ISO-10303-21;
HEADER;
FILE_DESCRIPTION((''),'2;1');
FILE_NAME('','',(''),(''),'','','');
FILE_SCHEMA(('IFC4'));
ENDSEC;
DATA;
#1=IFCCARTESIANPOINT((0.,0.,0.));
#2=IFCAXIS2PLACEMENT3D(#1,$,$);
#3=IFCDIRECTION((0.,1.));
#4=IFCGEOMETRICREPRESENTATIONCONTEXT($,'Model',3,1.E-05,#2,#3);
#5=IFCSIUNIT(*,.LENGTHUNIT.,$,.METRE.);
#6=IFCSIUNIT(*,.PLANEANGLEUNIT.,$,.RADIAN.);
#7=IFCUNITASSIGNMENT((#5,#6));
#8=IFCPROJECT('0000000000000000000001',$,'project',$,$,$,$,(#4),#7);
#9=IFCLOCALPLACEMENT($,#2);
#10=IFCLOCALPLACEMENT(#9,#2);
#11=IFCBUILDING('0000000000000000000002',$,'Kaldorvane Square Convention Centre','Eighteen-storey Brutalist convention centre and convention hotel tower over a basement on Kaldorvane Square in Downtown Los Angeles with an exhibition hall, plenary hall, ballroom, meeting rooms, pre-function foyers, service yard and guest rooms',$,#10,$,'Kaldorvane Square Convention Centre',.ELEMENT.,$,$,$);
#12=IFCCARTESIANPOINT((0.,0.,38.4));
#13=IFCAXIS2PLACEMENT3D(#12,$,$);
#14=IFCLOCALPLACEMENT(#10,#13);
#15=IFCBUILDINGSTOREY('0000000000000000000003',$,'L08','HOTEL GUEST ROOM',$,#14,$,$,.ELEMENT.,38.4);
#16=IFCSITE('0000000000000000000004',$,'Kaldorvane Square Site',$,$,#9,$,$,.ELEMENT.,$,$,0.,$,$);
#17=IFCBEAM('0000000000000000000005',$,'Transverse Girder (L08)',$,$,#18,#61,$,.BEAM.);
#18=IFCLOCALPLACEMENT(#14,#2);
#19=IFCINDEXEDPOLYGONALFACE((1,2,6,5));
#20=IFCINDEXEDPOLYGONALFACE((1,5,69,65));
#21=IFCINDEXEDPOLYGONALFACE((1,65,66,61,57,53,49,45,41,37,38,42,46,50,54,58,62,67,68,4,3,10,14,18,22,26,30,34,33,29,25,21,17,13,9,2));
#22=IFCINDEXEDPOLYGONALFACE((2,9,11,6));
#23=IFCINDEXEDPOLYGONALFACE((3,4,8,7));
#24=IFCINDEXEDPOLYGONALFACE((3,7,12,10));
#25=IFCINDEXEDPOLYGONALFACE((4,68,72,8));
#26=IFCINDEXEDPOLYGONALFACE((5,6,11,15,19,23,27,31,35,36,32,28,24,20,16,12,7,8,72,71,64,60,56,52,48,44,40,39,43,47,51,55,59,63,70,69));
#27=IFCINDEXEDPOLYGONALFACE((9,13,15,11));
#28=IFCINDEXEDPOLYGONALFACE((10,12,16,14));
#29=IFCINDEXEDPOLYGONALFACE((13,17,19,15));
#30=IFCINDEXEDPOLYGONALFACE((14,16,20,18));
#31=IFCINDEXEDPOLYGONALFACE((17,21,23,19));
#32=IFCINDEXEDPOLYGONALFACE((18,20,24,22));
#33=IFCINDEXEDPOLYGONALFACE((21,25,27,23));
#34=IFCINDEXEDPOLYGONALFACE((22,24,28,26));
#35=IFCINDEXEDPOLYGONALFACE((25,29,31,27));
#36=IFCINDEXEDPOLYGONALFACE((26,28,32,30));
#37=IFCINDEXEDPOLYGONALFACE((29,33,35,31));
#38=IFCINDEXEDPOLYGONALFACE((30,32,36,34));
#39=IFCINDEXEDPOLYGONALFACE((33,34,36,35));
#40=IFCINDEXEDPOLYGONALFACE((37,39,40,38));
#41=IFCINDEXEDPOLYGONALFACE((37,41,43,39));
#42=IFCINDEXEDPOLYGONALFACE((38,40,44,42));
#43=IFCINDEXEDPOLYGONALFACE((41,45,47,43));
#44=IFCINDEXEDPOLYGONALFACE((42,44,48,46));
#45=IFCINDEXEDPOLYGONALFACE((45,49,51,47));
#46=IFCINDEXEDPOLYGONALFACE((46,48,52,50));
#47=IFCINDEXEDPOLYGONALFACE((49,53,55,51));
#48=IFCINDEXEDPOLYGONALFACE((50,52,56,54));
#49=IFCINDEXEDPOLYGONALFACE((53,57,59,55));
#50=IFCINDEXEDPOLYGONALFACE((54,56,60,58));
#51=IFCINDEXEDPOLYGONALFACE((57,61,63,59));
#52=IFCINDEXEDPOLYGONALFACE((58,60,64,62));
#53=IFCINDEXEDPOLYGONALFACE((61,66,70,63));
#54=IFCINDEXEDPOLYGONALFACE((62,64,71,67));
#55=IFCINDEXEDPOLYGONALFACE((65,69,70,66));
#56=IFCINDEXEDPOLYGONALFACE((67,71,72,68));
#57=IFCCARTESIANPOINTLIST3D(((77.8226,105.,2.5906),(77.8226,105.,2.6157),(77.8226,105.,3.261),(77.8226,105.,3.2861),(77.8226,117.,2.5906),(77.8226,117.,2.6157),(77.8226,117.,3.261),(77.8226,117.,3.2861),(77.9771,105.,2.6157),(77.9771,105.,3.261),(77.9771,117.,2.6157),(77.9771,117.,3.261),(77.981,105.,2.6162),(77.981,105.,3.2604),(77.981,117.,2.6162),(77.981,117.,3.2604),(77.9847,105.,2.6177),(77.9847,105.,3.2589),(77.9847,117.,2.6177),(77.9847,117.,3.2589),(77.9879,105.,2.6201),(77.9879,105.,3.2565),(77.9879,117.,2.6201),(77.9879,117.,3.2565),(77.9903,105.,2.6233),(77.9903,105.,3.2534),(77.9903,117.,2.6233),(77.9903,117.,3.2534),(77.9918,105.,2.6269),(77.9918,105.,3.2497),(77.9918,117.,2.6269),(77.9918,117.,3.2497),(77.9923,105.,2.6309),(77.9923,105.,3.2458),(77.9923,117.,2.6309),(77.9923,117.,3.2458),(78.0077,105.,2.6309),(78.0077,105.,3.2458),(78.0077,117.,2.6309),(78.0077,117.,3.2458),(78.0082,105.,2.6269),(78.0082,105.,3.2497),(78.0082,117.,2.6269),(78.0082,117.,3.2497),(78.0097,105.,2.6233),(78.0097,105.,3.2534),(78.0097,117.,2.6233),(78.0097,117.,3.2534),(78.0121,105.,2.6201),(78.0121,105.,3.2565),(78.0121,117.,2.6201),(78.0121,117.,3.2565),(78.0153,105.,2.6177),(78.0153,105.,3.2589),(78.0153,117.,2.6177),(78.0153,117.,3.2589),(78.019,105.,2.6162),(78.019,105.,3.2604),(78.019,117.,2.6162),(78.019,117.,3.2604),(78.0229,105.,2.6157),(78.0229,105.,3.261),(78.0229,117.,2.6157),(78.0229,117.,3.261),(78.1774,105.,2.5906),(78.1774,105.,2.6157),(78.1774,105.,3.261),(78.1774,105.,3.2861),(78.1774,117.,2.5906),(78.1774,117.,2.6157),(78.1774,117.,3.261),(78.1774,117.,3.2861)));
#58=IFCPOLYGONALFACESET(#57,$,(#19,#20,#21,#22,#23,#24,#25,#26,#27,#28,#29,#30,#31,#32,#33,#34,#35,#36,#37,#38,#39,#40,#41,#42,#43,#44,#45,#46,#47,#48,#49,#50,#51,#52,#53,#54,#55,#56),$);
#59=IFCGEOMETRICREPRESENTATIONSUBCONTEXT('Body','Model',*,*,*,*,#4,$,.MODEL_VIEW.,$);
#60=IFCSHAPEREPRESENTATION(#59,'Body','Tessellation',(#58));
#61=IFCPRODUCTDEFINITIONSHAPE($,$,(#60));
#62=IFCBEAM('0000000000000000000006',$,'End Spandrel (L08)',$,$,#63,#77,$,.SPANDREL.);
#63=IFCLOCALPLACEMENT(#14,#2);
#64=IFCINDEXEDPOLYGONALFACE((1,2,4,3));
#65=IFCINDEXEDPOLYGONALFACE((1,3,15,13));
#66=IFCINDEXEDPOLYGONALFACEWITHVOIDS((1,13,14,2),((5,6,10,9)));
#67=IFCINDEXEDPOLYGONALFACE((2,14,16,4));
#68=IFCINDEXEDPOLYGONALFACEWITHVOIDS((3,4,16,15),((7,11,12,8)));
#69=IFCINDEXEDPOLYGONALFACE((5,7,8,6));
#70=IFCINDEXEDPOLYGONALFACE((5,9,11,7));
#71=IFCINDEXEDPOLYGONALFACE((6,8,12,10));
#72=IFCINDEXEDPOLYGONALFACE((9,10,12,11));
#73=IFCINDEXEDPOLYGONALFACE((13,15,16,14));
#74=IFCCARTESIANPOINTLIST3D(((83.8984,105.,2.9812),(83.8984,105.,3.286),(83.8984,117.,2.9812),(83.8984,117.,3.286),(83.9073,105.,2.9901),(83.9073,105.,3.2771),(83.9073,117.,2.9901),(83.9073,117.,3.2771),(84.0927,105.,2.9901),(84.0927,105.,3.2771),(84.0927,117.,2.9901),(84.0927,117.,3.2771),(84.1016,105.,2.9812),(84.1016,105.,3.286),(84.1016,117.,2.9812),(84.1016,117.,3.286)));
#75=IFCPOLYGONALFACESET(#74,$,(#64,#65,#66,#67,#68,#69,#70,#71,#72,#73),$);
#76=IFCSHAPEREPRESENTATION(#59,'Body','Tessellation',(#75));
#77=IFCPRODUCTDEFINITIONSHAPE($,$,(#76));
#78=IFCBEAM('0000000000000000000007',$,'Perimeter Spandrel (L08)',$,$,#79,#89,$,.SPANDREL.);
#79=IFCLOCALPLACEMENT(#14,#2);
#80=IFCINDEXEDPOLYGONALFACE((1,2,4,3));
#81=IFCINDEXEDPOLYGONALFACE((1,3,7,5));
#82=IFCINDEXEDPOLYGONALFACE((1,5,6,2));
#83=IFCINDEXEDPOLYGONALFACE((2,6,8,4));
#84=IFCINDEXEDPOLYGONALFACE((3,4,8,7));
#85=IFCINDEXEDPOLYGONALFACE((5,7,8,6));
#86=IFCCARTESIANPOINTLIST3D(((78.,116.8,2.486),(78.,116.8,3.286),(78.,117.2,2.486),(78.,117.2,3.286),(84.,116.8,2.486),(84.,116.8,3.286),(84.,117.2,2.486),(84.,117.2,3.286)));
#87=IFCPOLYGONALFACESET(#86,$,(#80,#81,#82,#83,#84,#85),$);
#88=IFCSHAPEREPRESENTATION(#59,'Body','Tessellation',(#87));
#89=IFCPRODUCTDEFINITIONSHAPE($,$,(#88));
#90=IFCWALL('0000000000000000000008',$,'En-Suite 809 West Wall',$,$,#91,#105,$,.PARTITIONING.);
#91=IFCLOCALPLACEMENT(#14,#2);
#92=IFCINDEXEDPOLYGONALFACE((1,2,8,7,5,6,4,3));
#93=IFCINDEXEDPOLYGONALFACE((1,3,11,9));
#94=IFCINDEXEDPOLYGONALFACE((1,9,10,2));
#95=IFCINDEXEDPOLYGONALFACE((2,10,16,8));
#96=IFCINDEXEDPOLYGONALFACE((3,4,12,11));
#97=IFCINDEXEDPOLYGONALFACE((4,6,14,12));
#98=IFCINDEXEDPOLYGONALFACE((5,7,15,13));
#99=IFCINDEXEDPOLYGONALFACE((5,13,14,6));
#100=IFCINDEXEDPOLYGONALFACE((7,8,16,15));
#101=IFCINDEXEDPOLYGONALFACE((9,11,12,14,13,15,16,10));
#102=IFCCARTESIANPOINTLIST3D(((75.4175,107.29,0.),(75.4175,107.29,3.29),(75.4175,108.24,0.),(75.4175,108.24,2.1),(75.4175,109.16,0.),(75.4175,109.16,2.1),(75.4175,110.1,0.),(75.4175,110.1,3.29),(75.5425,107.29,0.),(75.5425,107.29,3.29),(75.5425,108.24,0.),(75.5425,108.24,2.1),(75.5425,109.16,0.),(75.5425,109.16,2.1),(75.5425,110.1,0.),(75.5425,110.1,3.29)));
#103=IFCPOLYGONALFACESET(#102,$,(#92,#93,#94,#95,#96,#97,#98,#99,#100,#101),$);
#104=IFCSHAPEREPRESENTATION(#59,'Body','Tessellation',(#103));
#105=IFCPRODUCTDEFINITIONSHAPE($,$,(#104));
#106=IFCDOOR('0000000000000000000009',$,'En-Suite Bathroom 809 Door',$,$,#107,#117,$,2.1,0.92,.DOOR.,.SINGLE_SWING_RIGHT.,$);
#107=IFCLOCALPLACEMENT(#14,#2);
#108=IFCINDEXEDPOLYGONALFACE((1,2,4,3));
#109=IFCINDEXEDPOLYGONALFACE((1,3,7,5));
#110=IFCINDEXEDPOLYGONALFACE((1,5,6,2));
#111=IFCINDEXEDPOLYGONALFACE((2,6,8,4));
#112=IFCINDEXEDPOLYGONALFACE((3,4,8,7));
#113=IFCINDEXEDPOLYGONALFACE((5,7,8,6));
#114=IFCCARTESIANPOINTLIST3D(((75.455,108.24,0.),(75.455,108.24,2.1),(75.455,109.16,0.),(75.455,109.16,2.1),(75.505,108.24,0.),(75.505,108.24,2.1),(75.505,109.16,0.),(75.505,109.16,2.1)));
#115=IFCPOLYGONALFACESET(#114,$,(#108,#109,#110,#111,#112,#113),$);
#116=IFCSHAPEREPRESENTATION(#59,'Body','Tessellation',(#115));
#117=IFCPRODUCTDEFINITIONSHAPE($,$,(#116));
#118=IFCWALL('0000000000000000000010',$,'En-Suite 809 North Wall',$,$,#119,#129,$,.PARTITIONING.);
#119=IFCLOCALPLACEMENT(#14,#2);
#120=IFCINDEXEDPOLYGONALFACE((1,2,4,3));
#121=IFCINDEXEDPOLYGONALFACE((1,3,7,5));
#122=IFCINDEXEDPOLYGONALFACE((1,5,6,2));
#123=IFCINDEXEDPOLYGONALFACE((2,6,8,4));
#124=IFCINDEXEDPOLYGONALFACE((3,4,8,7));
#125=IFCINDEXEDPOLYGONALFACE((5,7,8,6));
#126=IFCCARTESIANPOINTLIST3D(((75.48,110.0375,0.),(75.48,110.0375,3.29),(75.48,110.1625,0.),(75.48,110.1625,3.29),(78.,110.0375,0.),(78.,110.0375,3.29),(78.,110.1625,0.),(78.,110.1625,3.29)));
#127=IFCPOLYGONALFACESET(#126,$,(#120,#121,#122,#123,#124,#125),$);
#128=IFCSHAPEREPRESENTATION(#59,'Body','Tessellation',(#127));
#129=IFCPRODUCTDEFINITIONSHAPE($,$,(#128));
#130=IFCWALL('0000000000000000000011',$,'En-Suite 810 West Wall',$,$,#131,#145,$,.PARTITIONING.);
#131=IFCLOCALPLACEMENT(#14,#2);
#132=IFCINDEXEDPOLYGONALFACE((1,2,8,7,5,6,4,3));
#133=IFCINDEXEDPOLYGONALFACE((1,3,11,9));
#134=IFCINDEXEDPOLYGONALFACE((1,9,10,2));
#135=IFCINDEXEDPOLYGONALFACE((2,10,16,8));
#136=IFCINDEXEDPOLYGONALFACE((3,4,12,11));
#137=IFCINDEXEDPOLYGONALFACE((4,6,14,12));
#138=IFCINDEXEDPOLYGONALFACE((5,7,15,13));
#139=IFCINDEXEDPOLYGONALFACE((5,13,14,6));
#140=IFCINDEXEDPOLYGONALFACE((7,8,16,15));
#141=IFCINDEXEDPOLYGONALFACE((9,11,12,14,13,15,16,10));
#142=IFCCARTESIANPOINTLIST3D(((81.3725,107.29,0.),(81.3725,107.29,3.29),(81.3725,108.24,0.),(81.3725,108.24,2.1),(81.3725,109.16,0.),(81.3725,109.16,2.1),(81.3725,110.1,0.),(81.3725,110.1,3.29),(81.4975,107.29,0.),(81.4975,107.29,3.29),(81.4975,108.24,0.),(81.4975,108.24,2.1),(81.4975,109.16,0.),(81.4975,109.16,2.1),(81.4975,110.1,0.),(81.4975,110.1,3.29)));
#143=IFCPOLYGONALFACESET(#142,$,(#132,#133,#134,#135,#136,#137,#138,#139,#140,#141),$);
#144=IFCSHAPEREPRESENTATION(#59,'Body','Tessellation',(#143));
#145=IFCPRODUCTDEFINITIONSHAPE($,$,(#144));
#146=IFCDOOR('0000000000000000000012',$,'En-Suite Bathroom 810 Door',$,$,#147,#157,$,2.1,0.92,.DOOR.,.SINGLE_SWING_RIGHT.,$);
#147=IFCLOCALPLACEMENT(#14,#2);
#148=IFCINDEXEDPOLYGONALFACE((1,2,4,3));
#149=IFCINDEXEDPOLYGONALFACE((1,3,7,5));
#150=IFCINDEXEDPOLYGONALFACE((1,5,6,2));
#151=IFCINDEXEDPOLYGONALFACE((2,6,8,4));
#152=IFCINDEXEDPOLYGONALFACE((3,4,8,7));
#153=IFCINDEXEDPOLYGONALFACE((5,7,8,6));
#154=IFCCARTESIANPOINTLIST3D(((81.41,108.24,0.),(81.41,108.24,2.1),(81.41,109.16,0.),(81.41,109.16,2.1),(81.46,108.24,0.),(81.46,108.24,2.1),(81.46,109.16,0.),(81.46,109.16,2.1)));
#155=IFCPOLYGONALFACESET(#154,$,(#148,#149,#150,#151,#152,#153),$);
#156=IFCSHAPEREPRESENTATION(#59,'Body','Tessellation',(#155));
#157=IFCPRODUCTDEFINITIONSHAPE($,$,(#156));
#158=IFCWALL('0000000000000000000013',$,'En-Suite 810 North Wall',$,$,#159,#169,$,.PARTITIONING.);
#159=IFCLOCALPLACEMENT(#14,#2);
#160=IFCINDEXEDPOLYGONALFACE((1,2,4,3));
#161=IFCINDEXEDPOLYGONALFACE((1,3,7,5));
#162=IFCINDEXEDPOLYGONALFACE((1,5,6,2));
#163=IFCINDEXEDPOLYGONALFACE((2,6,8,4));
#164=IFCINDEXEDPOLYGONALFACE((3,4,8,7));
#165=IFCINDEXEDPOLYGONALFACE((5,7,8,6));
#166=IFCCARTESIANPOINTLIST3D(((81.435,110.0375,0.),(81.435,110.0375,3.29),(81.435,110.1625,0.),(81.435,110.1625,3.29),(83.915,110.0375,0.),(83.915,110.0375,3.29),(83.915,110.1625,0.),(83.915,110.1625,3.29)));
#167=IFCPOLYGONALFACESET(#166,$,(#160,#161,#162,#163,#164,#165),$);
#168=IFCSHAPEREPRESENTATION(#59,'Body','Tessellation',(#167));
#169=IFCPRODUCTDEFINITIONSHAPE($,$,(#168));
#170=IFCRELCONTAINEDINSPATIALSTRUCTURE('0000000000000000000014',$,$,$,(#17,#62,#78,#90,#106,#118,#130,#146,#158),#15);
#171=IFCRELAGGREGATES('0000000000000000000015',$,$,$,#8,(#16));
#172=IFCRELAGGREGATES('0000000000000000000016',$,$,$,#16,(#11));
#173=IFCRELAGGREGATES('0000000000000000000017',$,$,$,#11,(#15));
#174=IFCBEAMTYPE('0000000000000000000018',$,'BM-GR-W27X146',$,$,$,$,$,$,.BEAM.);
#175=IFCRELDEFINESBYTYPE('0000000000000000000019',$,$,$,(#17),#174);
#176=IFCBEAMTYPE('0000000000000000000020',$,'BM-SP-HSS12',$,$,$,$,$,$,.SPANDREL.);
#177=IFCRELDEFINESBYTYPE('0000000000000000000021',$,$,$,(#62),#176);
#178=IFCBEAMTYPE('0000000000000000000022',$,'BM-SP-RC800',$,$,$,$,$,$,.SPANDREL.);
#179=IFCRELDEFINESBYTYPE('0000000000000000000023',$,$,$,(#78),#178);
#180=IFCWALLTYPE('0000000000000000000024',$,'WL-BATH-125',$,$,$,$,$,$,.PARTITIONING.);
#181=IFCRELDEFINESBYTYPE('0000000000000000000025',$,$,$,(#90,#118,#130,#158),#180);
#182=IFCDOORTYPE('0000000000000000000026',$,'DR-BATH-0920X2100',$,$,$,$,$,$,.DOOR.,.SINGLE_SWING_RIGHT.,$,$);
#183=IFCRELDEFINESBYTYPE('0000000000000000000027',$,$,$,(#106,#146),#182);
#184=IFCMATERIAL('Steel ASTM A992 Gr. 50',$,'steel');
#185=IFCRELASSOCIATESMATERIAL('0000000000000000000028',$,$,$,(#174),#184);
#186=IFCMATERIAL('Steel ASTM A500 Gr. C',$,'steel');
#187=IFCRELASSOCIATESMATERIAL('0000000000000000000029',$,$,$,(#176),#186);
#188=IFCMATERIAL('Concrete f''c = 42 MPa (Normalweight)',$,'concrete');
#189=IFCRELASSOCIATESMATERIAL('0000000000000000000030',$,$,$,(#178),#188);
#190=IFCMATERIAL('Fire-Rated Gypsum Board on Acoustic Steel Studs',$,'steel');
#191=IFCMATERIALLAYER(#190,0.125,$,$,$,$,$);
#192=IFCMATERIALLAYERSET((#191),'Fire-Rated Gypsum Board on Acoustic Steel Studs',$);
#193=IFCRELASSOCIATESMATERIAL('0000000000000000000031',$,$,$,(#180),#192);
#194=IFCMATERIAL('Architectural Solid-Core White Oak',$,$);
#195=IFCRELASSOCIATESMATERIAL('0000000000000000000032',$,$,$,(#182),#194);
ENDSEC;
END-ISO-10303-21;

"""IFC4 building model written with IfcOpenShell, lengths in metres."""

from ifc_helpers import new_model, si_unit, direction, frame, frame_2d, origin, origin_2d, place, context, subcontext, project, spatial, rectangle, hollow_rectangle, i_section, extrude, material, layer, layer_set, material_profile, profile_set, type_object, element, fill, save


model = new_model("IFC4")

# Units and contexts
model_context = context("Model", 3, precision=1e-05, world=origin(), true_north=direction((0.0, 1.0)))
body_context = subcontext(model_context, "Body", "Model", "MODEL_VIEW")
ifc_project = project(units=[si_unit("LENGTHUNIT", "METRE"), si_unit("PLANEANGLEUNIT", "RADIAN")], contexts=[model_context])

# Site, building, storey
site_placement = place(None, origin())
site = spatial("IfcSite", under=ifc_project, at=site_placement, Name="Kaldorvane Square Site", CompositionType="ELEMENT", RefElevation=0.0)
building_placement = place(site_placement, origin())
building = spatial("IfcBuilding", under=site, at=building_placement, Name="Kaldorvane Square Convention Centre", Description="Eighteen-storey Brutalist convention centre and convention hotel tower over a basement on Kaldorvane Square in Downtown Los Angeles with an exhibition hall, plenary hall, ballroom, meeting rooms, pre-function foyers, service yard and guest rooms", LongName="Kaldorvane Square Convention Centre", CompositionType="ELEMENT")
storey_placement = place(building_placement, frame((0.0, 0.0, 38.4)))
storey = spatial("IfcBuildingStorey", under=building, at=storey_placement, Name="L08", Description="HOTEL GUEST ROOM", CompositionType="ELEMENT", Elevation=38.4)

# Shared definitions
ifc_material_1 = material(Name="Concrete f'c = 42 MPa (Normalweight)", Category="concrete")
ifc_material_2 = material(Name="Steel ASTM A992 Gr. 50", Category="steel")

# Beams
ifc_material_profile_1 = material_profile(ifc_material_2, i_section(OverallWidth=0.3547, OverallDepth=0.6955, WebThickness=0.0154, FlangeThickness=0.0251, FilletRadius=0.0152, at=origin_2d()), Name="W27X146")
ifc_profile_set_1 = profile_set([ifc_material_profile_1], Name="Steel ASTM A992 Gr. 50")
beam_type_1 = type_object("IfcBeamType", Name="BM-GR-W27X146", PredefinedType="BEAM", material=ifc_profile_set_1)
beam_1_placement = place(storey_placement, frame((78.0, 105.0, 2.9383), z_axis=(0.0, 1.0, 0.0), x_axis=(-1.0, 0.0, 0.0)))
element("IfcBeam", 1, at=beam_1_placement, inside=storey, type_object=beam_type_1, Name="Transverse Girder (L08)", PredefinedType="BEAM", context=body_context, shape_type="SweptSolid", body=[
    extrude(i_section(OverallWidth=0.3547, OverallDepth=0.6955, WebThickness=0.0154, FlangeThickness=0.0251, FilletRadius=0.0152, at=origin_2d()), origin(), (0.0, 0.0, 1.0), 12.0),
])
ifc_material_3 = material(Name="Steel ASTM A500 Gr. C", Category="steel")
ifc_material_profile_2 = material_profile(ifc_material_3, hollow_rectangle(XDim=0.2032, YDim=0.3048, WallThickness=0.0089, at=origin_2d()), Name="HSS12X8X3/8")
ifc_profile_set_2 = profile_set([ifc_material_profile_2], Name="Steel ASTM A500 Gr. C")
beam_type_2 = type_object("IfcBeamType", Name="BM-SP-HSS12", PredefinedType="SPANDREL", material=ifc_profile_set_2)
beam_2_placement = place(storey_placement, frame((84.0, 105.0, 3.1336), z_axis=(0.0, 1.0, 0.0), x_axis=(-1.0, 0.0, 0.0)))
element("IfcBeam", 2, at=beam_2_placement, inside=storey, type_object=beam_type_2, Name="End Spandrel (L08)", PredefinedType="SPANDREL", context=body_context, shape_type="SweptSolid", body=[
    extrude(hollow_rectangle(XDim=0.2032, YDim=0.3048, WallThickness=0.0089, at=origin_2d()), origin(), (0.0, 0.0, 1.0), 12.0),
])
ifc_material_profile_3 = material_profile(ifc_material_1, rectangle(XDim=0.4, YDim=0.8, at=origin_2d()), Name="RCSP800X400")
ifc_profile_set_3 = profile_set([ifc_material_profile_3], Name="Concrete f'c = 42 MPa (Normalweight)")
beam_type_3 = type_object("IfcBeamType", Name="BM-SP-RC800", PredefinedType="SPANDREL", material=ifc_profile_set_3)
beam_3_placement = place(storey_placement, frame((78.0, 117.0, 2.886), z_axis=(1.0, 0.0, 0.0), x_axis=(0.0, 1.0, 0.0)))
element("IfcBeam", 3, at=beam_3_placement, inside=storey, type_object=beam_type_3, Name="Perimeter Spandrel (L08)", PredefinedType="SPANDREL", context=body_context, shape_type="SweptSolid", body=[
    extrude(rectangle(XDim=0.4, YDim=0.8, at=origin_2d()), origin(), (0.0, 0.0, 1.0), 6.0),
])

# Wall, opening, door
ifc_material_4 = material(Name="Fire-Rated Gypsum Board on Acoustic Steel Studs", Category="steel")
ifc_layer_1 = layer(ifc_material_4, 0.125)
ifc_layer_set_1 = layer_set([ifc_layer_1], Name="Fire-Rated Gypsum Board on Acoustic Steel Studs")
wall_type_1 = type_object("IfcWallType", Name="WL-BATH-125", PredefinedType="PARTITIONING", material=ifc_layer_set_1)
wall_1_placement = place(storey_placement, frame((75.48, 107.29, 0.0), z_axis=(0.0, 0.0, 1.0), x_axis=(0.0, 1.0, 0.0)))
wall_1 = element("IfcWall", 4, at=wall_1_placement, inside=storey, type_object=wall_type_1, Name="En-Suite 809 West Wall", PredefinedType="PARTITIONING", context=body_context, shape_type="SweptSolid", body=[
    extrude(rectangle(XDim=2.81, YDim=0.125, at=frame_2d((1.405, 0.0))), origin(), (0.0, 0.0, 1.0), 3.29),
])
opening_1_placement = place(wall_1_placement, frame((0.95, 0.0, 0.0)))
opening_1 = element("IfcOpeningElement", 5, at=opening_1_placement, cuts=wall_1, PredefinedType="OPENING", context=body_context, shape_type="SweptSolid", body=[
    extrude(rectangle(XDim=0.92, YDim=2.1, at=frame_2d((0.46, 1.05))), frame((0.0, 0.0775, 0.0), z_axis=(0.0, -1.0, 0.0), x_axis=(1.0, 0.0, 0.0)), (0.0, 0.0, 1.0), 0.155),
])
ifc_material_5 = material(Name="Architectural Solid-Core White Oak")
door_type_1 = type_object("IfcDoorType", Name="DR-BATH-0920X2100", OperationType="SINGLE_SWING_RIGHT", PredefinedType="DOOR", material=ifc_material_5)
door_1_placement = place(opening_1_placement, origin())
door_1 = element("IfcDoor", 6, at=door_1_placement, inside=storey, type_object=door_type_1, Name="En-Suite Bathroom 809 Door", OperationType="SINGLE_SWING_RIGHT", OverallHeight=2.1, OverallWidth=0.92, PredefinedType="DOOR", context=body_context, shape_type="SweptSolid", body=[
    extrude(rectangle(XDim=0.92, YDim=2.1, at=frame_2d((0.46, 1.05))), frame((0.0, 0.025, 0.0), z_axis=(0.0, -1.0, 0.0), x_axis=(1.0, 0.0, 0.0)), (0.0, 0.0, 1.0), 0.05),
])
fill(opening_1, door_1)

# Wall
wall_2_placement = place(storey_placement, frame((75.48, 110.1, 0.0), z_axis=(0.0, 0.0, 1.0), x_axis=(1.0, 0.0, 0.0)))
element("IfcWall", 7, at=wall_2_placement, inside=storey, type_object=wall_type_1, Name="En-Suite 809 North Wall", PredefinedType="PARTITIONING", context=body_context, shape_type="SweptSolid", body=[
    extrude(rectangle(XDim=2.52, YDim=0.125, at=frame_2d((1.26, 0.0))), origin(), (0.0, 0.0, 1.0), 3.29),
])

# Wall, opening, door
wall_3_placement = place(storey_placement, frame((81.435, 107.29, 0.0), z_axis=(0.0, 0.0, 1.0), x_axis=(0.0, 1.0, 0.0)))
wall_3 = element("IfcWall", 8, at=wall_3_placement, inside=storey, type_object=wall_type_1, Name="En-Suite 810 West Wall", PredefinedType="PARTITIONING", context=body_context, shape_type="SweptSolid", body=[
    extrude(rectangle(XDim=2.81, YDim=0.125, at=frame_2d((1.405, 0.0))), origin(), (0.0, 0.0, 1.0), 3.29),
])
opening_2_placement = place(wall_3_placement, frame((0.95, 0.0, 0.0)))
opening_2 = element("IfcOpeningElement", 9, at=opening_2_placement, cuts=wall_3, PredefinedType="OPENING", context=body_context, shape_type="SweptSolid", body=[
    extrude(rectangle(XDim=0.92, YDim=2.1, at=frame_2d((0.46, 1.05))), frame((0.0, 0.0775, 0.0), z_axis=(0.0, -1.0, 0.0), x_axis=(1.0, 0.0, 0.0)), (0.0, 0.0, 1.0), 0.155),
])
door_2_placement = place(opening_2_placement, origin())
door_2 = element("IfcDoor", 10, at=door_2_placement, inside=storey, type_object=door_type_1, Name="En-Suite Bathroom 810 Door", OperationType="SINGLE_SWING_RIGHT", OverallHeight=2.1, OverallWidth=0.92, PredefinedType="DOOR", context=body_context, shape_type="SweptSolid", body=[
    extrude(rectangle(XDim=0.92, YDim=2.1, at=frame_2d((0.46, 1.05))), frame((0.0, 0.025, 0.0), z_axis=(0.0, -1.0, 0.0), x_axis=(1.0, 0.0, 0.0)), (0.0, 0.0, 1.0), 0.05),
])
fill(opening_2, door_2)

# Wall
wall_4_placement = place(storey_placement, frame((81.435, 110.1, 0.0), z_axis=(0.0, 0.0, 1.0), x_axis=(1.0, 0.0, 0.0)))
element("IfcWall", 11, at=wall_4_placement, inside=storey, type_object=wall_type_1, Name="En-Suite 810 North Wall", PredefinedType="PARTITIONING", context=body_context, shape_type="SweptSolid", body=[
    extrude(rectangle(XDim=2.48, YDim=0.125, at=frame_2d((1.24, 0.0))), origin(), (0.0, 0.0, 1.0), 3.29),
])

save(model, "model.ifc")
